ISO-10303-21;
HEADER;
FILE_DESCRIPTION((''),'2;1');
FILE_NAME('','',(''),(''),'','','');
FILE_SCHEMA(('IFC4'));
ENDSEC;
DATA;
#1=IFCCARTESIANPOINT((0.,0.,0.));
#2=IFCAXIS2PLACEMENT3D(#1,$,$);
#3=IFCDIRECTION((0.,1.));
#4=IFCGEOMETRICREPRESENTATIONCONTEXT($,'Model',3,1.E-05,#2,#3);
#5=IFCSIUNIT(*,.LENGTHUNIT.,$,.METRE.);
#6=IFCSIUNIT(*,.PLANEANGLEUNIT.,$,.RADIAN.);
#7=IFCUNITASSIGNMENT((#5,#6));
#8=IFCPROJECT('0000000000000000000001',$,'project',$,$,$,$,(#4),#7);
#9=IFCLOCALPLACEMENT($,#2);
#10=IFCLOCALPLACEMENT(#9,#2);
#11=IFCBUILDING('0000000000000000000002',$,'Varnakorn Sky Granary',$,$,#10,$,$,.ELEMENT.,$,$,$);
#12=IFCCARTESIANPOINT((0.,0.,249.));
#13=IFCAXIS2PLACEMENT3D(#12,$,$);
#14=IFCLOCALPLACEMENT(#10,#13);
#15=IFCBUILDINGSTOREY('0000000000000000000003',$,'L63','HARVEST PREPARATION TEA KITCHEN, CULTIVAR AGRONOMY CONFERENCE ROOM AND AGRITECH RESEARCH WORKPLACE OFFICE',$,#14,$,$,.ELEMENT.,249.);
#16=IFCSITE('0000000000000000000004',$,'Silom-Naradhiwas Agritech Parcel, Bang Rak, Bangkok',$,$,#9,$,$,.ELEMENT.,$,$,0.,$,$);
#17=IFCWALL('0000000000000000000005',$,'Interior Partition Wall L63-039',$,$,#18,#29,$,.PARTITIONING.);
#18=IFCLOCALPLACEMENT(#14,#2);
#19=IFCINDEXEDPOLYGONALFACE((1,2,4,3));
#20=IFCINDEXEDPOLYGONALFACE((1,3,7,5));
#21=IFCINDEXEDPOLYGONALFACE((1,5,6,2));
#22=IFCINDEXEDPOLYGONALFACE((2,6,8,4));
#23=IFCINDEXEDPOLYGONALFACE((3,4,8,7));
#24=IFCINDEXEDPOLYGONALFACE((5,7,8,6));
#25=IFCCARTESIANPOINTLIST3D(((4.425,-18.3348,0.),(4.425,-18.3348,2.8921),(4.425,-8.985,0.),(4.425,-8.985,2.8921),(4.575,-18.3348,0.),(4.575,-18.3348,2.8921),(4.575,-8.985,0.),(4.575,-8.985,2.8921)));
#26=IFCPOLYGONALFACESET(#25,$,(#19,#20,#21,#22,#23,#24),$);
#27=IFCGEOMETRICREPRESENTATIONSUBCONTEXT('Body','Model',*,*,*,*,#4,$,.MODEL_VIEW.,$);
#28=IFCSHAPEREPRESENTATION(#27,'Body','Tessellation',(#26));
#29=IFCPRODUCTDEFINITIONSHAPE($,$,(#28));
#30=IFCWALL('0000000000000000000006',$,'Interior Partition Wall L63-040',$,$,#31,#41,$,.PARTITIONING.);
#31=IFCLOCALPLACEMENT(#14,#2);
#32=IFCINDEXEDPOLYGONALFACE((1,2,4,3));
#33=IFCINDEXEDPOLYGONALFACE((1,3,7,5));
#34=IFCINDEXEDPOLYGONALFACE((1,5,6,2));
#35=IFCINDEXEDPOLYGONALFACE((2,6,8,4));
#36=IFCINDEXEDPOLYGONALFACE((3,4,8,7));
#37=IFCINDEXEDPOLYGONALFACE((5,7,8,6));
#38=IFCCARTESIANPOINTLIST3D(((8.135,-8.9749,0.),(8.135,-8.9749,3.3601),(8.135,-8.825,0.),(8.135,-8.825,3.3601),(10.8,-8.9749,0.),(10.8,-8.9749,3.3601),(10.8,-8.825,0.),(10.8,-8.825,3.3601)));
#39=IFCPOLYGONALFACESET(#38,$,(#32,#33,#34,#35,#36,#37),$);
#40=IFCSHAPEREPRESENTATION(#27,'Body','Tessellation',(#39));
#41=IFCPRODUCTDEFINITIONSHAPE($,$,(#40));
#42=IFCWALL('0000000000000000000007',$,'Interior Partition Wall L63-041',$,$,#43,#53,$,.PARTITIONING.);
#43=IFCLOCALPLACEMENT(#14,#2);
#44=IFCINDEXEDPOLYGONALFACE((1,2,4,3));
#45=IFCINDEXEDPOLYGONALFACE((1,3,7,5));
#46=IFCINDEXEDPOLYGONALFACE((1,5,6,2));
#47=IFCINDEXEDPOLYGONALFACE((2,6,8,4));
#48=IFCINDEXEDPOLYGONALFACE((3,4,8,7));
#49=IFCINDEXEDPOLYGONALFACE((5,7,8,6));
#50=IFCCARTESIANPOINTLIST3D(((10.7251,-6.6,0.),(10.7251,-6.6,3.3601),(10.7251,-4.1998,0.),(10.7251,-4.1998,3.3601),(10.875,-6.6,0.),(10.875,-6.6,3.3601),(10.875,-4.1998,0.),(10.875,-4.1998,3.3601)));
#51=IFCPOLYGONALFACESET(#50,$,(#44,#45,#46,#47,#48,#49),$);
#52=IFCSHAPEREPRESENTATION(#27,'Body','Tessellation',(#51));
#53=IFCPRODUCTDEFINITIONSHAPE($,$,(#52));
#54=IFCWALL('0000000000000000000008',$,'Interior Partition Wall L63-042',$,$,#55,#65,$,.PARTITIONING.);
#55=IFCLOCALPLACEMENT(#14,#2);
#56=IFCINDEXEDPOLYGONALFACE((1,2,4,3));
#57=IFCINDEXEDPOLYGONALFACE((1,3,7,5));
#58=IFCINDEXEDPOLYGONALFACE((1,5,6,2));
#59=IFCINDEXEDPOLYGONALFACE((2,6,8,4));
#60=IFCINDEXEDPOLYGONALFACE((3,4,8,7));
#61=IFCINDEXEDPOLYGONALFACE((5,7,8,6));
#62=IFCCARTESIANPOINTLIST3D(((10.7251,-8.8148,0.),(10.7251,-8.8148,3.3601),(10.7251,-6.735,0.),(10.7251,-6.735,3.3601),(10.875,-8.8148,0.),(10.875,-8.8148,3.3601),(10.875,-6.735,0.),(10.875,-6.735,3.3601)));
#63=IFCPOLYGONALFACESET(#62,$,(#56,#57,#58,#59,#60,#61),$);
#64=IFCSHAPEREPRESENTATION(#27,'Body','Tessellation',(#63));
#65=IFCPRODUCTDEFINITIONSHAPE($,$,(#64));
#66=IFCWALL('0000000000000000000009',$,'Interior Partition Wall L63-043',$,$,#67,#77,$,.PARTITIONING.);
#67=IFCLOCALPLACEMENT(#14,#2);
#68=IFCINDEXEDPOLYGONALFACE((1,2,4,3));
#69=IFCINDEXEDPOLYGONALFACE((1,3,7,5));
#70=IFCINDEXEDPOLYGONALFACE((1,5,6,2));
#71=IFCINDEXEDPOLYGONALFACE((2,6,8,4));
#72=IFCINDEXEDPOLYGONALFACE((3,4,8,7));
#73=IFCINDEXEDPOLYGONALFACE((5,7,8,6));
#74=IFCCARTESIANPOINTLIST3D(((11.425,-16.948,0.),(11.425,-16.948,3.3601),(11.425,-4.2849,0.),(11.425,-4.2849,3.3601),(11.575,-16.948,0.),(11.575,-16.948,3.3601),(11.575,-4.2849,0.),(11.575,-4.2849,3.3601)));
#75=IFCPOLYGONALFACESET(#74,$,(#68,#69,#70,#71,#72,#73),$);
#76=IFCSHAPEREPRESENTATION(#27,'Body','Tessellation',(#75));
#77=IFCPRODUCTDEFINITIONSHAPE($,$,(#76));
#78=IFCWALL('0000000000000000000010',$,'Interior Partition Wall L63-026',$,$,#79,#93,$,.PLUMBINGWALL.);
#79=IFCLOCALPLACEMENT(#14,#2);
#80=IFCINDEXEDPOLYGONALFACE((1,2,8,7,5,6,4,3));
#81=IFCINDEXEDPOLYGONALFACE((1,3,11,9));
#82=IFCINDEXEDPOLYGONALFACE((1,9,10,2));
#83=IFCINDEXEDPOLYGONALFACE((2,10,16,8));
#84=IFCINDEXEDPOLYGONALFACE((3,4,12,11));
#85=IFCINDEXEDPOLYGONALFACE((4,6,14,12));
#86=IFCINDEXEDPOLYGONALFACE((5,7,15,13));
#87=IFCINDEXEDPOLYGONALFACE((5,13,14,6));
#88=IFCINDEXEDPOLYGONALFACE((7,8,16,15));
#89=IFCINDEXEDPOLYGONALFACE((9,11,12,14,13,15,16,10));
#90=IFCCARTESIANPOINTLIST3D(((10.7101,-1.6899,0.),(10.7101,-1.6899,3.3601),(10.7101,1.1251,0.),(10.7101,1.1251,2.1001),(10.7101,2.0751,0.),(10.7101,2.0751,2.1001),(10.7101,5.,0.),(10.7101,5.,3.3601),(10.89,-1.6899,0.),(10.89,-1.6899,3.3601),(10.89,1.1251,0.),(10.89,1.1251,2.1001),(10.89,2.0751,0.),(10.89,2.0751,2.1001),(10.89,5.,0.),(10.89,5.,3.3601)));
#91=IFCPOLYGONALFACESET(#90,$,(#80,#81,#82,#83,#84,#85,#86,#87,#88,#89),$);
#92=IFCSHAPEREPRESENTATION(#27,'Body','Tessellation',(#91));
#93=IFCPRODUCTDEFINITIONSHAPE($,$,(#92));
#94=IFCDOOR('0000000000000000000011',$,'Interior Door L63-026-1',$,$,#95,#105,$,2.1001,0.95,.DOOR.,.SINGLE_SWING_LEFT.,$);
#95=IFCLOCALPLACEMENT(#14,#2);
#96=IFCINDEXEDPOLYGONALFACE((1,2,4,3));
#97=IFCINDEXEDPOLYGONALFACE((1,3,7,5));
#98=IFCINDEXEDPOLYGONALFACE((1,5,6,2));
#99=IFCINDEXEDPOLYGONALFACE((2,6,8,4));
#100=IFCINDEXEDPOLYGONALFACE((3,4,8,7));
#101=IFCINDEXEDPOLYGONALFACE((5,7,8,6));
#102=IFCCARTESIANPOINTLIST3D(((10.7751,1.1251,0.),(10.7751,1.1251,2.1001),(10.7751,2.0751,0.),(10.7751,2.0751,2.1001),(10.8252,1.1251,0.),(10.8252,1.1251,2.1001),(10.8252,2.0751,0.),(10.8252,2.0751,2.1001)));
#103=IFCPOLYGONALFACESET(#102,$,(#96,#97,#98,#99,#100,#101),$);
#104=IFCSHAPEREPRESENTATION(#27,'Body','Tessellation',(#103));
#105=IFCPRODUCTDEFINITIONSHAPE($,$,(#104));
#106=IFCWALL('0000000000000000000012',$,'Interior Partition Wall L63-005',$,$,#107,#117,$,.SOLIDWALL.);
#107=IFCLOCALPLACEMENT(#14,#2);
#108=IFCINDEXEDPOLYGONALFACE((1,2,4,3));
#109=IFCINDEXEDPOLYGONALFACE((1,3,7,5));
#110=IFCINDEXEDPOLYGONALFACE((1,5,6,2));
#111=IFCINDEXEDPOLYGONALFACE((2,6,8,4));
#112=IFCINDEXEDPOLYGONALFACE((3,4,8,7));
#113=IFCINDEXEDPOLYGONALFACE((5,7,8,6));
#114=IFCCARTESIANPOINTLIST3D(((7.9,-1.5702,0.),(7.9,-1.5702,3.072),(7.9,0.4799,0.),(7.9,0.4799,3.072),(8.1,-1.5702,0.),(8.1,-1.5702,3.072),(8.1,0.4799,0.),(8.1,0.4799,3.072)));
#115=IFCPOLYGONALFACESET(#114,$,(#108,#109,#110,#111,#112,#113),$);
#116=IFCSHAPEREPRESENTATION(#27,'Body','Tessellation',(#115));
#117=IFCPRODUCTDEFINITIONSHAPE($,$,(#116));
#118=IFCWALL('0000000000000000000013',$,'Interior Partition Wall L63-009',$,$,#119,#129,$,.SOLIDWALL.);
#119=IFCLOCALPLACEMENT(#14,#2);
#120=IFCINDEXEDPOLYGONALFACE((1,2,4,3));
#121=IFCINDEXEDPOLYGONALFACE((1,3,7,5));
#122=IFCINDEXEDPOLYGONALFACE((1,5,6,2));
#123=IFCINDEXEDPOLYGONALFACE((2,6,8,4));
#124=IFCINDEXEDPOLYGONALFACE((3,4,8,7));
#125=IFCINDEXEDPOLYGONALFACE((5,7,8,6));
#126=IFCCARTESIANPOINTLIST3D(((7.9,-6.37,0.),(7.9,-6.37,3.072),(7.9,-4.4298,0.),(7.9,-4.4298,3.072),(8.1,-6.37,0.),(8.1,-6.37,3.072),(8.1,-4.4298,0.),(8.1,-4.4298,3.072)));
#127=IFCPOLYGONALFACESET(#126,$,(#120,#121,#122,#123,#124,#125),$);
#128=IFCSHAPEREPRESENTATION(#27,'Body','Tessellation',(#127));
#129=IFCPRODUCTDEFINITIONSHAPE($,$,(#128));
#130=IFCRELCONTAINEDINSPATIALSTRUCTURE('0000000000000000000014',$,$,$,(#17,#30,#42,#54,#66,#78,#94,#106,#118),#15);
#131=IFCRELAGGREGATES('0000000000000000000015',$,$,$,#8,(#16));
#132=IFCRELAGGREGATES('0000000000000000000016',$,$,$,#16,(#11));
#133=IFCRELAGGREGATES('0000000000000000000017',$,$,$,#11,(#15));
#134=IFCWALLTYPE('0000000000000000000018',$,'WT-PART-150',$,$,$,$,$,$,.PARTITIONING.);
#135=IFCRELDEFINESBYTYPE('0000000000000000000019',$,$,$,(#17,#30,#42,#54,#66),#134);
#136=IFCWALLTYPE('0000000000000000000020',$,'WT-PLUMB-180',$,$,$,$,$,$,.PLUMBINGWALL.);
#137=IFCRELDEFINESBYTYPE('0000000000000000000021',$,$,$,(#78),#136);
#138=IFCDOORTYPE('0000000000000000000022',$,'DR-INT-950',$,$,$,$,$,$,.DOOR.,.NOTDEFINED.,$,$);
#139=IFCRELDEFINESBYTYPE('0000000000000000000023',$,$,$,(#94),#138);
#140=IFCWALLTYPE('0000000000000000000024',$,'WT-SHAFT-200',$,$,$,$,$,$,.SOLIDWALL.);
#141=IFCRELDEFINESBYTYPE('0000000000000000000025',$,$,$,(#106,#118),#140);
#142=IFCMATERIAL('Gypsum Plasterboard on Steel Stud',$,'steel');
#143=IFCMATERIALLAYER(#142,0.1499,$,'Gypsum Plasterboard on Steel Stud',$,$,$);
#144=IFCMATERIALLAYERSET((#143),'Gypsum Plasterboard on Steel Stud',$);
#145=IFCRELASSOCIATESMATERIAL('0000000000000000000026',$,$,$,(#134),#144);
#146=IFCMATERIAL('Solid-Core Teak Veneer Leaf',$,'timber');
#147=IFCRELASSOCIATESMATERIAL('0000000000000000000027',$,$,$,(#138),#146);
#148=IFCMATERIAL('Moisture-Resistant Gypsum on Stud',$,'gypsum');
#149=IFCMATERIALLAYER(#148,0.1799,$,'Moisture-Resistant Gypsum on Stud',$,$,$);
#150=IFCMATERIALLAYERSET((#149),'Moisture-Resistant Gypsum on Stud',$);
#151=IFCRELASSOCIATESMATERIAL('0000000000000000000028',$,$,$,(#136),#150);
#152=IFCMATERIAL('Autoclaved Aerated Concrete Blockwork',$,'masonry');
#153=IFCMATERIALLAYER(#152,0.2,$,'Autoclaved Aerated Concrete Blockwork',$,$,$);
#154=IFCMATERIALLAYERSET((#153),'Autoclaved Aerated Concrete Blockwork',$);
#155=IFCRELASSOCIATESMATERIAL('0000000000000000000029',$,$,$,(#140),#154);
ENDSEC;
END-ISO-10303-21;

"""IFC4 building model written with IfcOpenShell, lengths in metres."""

from ifc_helpers import new_model, si_unit, direction, frame, frame_2d, origin, place, context, subcontext, project, spatial, rectangle, extrude, material, layer, layer_set, type_object, element, fill, save


model = new_model("IFC4")

# Units and contexts
model_context = context("Model", 3, precision=1e-05, world=origin(), true_north=direction((0.0, 1.0)))
body_context = subcontext(model_context, "Body", "Model", "MODEL_VIEW")
ifc_project = project(units=[si_unit("LENGTHUNIT", "METRE"), si_unit("PLANEANGLEUNIT", "RADIAN")], contexts=[model_context])

# Site, building, storey
site_placement = place(None, origin())
site = spatial("IfcSite", under=ifc_project, at=site_placement, Name="Silom-Naradhiwas Agritech Parcel, Bang Rak, Bangkok", CompositionType="ELEMENT", RefElevation=0.0)
building_placement = place(site_placement, origin())
building = spatial("IfcBuilding", under=site, at=building_placement, Name="Varnakorn Sky Granary", CompositionType="ELEMENT")
storey_placement = place(building_placement, frame((0.0, 0.0, 249.0)))
storey = spatial("IfcBuildingStorey", under=building, at=storey_placement, Name="L63", Description="HARVEST PREPARATION TEA KITCHEN, CULTIVAR AGRONOMY CONFERENCE ROOM AND AGRITECH RESEARCH WORKPLACE OFFICE", CompositionType="ELEMENT", Elevation=249.0)

# Shared definitions
ifc_material_1 = material(Name="Autoclaved Aerated Concrete Blockwork", Category="masonry")
ifc_material_2 = material(Name="Gypsum Plasterboard on Steel Stud", Category="steel")
ifc_layer_1 = layer(ifc_material_2, 0.1499, Name="Gypsum Plasterboard on Steel Stud")
ifc_layer_set_1 = layer_set([ifc_layer_1], Name="Gypsum Plasterboard on Steel Stud")
wall_type_1 = type_object("IfcWallType", Name="WT-PART-150", PredefinedType="PARTITIONING", material=ifc_layer_set_1)
ifc_material_3 = material(Name="Solid-Core Teak Veneer Leaf", Category="timber")
door_type_1 = type_object("IfcDoorType", Name="DR-INT-950", OperationType="NOTDEFINED", PredefinedType="DOOR", material=ifc_material_3)

# Walls
wall_1_placement = place(storey_placement, frame((4.5, -8.9851, 0.0), z_axis=(0.0, 0.0, 1.0), x_axis=(0.0, -1.0, 0.0)))
element("IfcWall", 1, at=wall_1_placement, inside=storey, type_object=wall_type_1, Name="Interior Partition Wall L63-039", PredefinedType="PARTITIONING", context=body_context, shape_type="SweptSolid", body=[
    extrude(rectangle(XDim=9.3499, YDim=0.1499, at=frame_2d((4.6748, 0.0))), origin(), (0.0, 0.0, 1.0), 2.8921),
])
wall_2_placement = place(storey_placement, frame((8.135, -8.8999, 0.0), z_axis=(0.0, 0.0, 1.0), x_axis=(1.0, 0.0, 0.0)))
element("IfcWall", 2, at=wall_2_placement, inside=storey, type_object=wall_type_1, Name="Interior Partition Wall L63-040", PredefinedType="PARTITIONING", context=body_context, shape_type="SweptSolid", body=[
    extrude(rectangle(XDim=2.665, YDim=0.1499, at=frame_2d((1.3325, 0.0))), origin(), (0.0, 0.0, 1.0), 3.3601),
])
wall_3_placement = place(storey_placement, frame((10.8, -6.6001, 0.0), z_axis=(0.0, 0.0, 1.0), x_axis=(0.0, 1.0, 0.0)))
element("IfcWall", 3, at=wall_3_placement, inside=storey, type_object=wall_type_1, Name="Interior Partition Wall L63-041", PredefinedType="PARTITIONING", context=body_context, shape_type="SweptSolid", body=[
    extrude(rectangle(XDim=2.4001, YDim=0.1499, at=frame_2d((1.2002, 0.0))), origin(), (0.0, 0.0, 1.0), 3.3601),
])
wall_4_placement = place(storey_placement, frame((10.8, -8.8149, 0.0), z_axis=(0.0, 0.0, 1.0), x_axis=(0.0, 1.0, 0.0)))
element("IfcWall", 4, at=wall_4_placement, inside=storey, type_object=wall_type_1, Name="Interior Partition Wall L63-042", PredefinedType="PARTITIONING", context=body_context, shape_type="SweptSolid", body=[
    extrude(rectangle(XDim=2.0798, YDim=0.1499, at=frame_2d((1.04, 0.0))), origin(), (0.0, 0.0, 1.0), 3.3601),
])
wall_5_placement = place(storey_placement, frame((11.5, -4.2849, 0.0), z_axis=(0.0, 0.0, 1.0), x_axis=(0.0, -1.0, 0.0)))
element("IfcWall", 5, at=wall_5_placement, inside=storey, type_object=wall_type_1, Name="Interior Partition Wall L63-043", PredefinedType="PARTITIONING", context=body_context, shape_type="SweptSolid", body=[
    extrude(rectangle(XDim=12.6631, YDim=0.1499, at=frame_2d((6.3315, 0.0))), origin(), (0.0, 0.0, 1.0), 3.3601),
])

# Wall, opening, door
ifc_material_4 = material(Name="Moisture-Resistant Gypsum on Stud", Category="gypsum")
ifc_layer_2 = layer(ifc_material_4, 0.1799, Name="Moisture-Resistant Gypsum on Stud")
ifc_layer_set_2 = layer_set([ifc_layer_2], Name="Moisture-Resistant Gypsum on Stud")
wall_type_2 = type_object("IfcWallType", Name="WT-PLUMB-180", PredefinedType="PLUMBINGWALL", material=ifc_layer_set_2)
wall_6_placement = place(storey_placement, frame((10.8, -1.6899, 0.0), z_axis=(0.0, 0.0, 1.0), x_axis=(0.0, 1.0, 0.0)))
wall_6 = element("IfcWall", 6, at=wall_6_placement, inside=storey, type_object=wall_type_2, Name="Interior Partition Wall L63-026", PredefinedType="PLUMBINGWALL", context=body_context, shape_type="SweptSolid", body=[
    extrude(rectangle(XDim=6.6899, YDim=0.1799, at=frame_2d((3.345, 0.0))), origin(), (0.0, 0.0, 1.0), 3.3601),
])
opening_1_placement = place(wall_6_placement, frame((2.8149, 0.0, 0.0)))
opening_1 = element("IfcOpeningElement", 7, at=opening_1_placement, cuts=wall_6, PredefinedType="OPENING", context=body_context, shape_type="SweptSolid", body=[
    extrude(rectangle(XDim=0.95, YDim=2.1001, at=frame_2d((0.4751, 1.05))), frame((0.0, 0.1001, 0.0), z_axis=(0.0, -1.0, 0.0), x_axis=(1.0, 0.0, 0.0)), (0.0, 0.0, 1.0), 0.2),
])
door_1_placement = place(opening_1_placement, origin())
door_1 = element("IfcDoor", 8, at=door_1_placement, inside=storey, type_object=door_type_1, Name="Interior Door L63-026-1", OperationType="SINGLE_SWING_LEFT", OverallHeight=2.1001, OverallWidth=0.95, PredefinedType="DOOR", context=body_context, shape_type="SweptSolid", body=[
    extrude(rectangle(XDim=0.95, YDim=2.1001, at=frame_2d((0.4751, 1.05))), frame((0.0, 0.0249, 0.0), z_axis=(0.0, -1.0, 0.0), x_axis=(1.0, 0.0, 0.0)), (0.0, 0.0, 1.0), 0.05),
])
fill(opening_1, door_1)

# Walls
ifc_layer_3 = layer(ifc_material_1, 0.2, Name="Autoclaved Aerated Concrete Blockwork")
ifc_layer_set_3 = layer_set([ifc_layer_3], Name="Autoclaved Aerated Concrete Blockwork")
wall_type_3 = type_object("IfcWallType", Name="WT-SHAFT-200", PredefinedType="SOLIDWALL", material=ifc_layer_set_3)
wall_7_placement = place(storey_placement, frame((8.0, -1.5701, 0.0), z_axis=(0.0, 0.0, 1.0), x_axis=(0.0, 1.0, 0.0)))
element("IfcWall", 9, at=wall_7_placement, inside=storey, type_object=wall_type_3, Name="Interior Partition Wall L63-005", PredefinedType="SOLIDWALL", context=body_context, shape_type="SweptSolid", body=[
    extrude(rectangle(XDim=2.05, YDim=0.2, at=frame_2d((1.0249, 0.0))), origin(), (0.0, 0.0, 1.0), 3.072),
])
wall_8_placement = place(storey_placement, frame((8.0, -6.3701, 0.0), z_axis=(0.0, 0.0, 1.0), x_axis=(0.0, 1.0, 0.0)))
element("IfcWall", 10, at=wall_8_placement, inside=storey, type_object=wall_type_3, Name="Interior Partition Wall L63-009", PredefinedType="SOLIDWALL", context=body_context, shape_type="SweptSolid", body=[
    extrude(rectangle(XDim=1.9402, YDim=0.2, at=frame_2d((0.9702, 0.0))), origin(), (0.0, 0.0, 1.0), 3.072),
])

save(model, "model.ifc")
